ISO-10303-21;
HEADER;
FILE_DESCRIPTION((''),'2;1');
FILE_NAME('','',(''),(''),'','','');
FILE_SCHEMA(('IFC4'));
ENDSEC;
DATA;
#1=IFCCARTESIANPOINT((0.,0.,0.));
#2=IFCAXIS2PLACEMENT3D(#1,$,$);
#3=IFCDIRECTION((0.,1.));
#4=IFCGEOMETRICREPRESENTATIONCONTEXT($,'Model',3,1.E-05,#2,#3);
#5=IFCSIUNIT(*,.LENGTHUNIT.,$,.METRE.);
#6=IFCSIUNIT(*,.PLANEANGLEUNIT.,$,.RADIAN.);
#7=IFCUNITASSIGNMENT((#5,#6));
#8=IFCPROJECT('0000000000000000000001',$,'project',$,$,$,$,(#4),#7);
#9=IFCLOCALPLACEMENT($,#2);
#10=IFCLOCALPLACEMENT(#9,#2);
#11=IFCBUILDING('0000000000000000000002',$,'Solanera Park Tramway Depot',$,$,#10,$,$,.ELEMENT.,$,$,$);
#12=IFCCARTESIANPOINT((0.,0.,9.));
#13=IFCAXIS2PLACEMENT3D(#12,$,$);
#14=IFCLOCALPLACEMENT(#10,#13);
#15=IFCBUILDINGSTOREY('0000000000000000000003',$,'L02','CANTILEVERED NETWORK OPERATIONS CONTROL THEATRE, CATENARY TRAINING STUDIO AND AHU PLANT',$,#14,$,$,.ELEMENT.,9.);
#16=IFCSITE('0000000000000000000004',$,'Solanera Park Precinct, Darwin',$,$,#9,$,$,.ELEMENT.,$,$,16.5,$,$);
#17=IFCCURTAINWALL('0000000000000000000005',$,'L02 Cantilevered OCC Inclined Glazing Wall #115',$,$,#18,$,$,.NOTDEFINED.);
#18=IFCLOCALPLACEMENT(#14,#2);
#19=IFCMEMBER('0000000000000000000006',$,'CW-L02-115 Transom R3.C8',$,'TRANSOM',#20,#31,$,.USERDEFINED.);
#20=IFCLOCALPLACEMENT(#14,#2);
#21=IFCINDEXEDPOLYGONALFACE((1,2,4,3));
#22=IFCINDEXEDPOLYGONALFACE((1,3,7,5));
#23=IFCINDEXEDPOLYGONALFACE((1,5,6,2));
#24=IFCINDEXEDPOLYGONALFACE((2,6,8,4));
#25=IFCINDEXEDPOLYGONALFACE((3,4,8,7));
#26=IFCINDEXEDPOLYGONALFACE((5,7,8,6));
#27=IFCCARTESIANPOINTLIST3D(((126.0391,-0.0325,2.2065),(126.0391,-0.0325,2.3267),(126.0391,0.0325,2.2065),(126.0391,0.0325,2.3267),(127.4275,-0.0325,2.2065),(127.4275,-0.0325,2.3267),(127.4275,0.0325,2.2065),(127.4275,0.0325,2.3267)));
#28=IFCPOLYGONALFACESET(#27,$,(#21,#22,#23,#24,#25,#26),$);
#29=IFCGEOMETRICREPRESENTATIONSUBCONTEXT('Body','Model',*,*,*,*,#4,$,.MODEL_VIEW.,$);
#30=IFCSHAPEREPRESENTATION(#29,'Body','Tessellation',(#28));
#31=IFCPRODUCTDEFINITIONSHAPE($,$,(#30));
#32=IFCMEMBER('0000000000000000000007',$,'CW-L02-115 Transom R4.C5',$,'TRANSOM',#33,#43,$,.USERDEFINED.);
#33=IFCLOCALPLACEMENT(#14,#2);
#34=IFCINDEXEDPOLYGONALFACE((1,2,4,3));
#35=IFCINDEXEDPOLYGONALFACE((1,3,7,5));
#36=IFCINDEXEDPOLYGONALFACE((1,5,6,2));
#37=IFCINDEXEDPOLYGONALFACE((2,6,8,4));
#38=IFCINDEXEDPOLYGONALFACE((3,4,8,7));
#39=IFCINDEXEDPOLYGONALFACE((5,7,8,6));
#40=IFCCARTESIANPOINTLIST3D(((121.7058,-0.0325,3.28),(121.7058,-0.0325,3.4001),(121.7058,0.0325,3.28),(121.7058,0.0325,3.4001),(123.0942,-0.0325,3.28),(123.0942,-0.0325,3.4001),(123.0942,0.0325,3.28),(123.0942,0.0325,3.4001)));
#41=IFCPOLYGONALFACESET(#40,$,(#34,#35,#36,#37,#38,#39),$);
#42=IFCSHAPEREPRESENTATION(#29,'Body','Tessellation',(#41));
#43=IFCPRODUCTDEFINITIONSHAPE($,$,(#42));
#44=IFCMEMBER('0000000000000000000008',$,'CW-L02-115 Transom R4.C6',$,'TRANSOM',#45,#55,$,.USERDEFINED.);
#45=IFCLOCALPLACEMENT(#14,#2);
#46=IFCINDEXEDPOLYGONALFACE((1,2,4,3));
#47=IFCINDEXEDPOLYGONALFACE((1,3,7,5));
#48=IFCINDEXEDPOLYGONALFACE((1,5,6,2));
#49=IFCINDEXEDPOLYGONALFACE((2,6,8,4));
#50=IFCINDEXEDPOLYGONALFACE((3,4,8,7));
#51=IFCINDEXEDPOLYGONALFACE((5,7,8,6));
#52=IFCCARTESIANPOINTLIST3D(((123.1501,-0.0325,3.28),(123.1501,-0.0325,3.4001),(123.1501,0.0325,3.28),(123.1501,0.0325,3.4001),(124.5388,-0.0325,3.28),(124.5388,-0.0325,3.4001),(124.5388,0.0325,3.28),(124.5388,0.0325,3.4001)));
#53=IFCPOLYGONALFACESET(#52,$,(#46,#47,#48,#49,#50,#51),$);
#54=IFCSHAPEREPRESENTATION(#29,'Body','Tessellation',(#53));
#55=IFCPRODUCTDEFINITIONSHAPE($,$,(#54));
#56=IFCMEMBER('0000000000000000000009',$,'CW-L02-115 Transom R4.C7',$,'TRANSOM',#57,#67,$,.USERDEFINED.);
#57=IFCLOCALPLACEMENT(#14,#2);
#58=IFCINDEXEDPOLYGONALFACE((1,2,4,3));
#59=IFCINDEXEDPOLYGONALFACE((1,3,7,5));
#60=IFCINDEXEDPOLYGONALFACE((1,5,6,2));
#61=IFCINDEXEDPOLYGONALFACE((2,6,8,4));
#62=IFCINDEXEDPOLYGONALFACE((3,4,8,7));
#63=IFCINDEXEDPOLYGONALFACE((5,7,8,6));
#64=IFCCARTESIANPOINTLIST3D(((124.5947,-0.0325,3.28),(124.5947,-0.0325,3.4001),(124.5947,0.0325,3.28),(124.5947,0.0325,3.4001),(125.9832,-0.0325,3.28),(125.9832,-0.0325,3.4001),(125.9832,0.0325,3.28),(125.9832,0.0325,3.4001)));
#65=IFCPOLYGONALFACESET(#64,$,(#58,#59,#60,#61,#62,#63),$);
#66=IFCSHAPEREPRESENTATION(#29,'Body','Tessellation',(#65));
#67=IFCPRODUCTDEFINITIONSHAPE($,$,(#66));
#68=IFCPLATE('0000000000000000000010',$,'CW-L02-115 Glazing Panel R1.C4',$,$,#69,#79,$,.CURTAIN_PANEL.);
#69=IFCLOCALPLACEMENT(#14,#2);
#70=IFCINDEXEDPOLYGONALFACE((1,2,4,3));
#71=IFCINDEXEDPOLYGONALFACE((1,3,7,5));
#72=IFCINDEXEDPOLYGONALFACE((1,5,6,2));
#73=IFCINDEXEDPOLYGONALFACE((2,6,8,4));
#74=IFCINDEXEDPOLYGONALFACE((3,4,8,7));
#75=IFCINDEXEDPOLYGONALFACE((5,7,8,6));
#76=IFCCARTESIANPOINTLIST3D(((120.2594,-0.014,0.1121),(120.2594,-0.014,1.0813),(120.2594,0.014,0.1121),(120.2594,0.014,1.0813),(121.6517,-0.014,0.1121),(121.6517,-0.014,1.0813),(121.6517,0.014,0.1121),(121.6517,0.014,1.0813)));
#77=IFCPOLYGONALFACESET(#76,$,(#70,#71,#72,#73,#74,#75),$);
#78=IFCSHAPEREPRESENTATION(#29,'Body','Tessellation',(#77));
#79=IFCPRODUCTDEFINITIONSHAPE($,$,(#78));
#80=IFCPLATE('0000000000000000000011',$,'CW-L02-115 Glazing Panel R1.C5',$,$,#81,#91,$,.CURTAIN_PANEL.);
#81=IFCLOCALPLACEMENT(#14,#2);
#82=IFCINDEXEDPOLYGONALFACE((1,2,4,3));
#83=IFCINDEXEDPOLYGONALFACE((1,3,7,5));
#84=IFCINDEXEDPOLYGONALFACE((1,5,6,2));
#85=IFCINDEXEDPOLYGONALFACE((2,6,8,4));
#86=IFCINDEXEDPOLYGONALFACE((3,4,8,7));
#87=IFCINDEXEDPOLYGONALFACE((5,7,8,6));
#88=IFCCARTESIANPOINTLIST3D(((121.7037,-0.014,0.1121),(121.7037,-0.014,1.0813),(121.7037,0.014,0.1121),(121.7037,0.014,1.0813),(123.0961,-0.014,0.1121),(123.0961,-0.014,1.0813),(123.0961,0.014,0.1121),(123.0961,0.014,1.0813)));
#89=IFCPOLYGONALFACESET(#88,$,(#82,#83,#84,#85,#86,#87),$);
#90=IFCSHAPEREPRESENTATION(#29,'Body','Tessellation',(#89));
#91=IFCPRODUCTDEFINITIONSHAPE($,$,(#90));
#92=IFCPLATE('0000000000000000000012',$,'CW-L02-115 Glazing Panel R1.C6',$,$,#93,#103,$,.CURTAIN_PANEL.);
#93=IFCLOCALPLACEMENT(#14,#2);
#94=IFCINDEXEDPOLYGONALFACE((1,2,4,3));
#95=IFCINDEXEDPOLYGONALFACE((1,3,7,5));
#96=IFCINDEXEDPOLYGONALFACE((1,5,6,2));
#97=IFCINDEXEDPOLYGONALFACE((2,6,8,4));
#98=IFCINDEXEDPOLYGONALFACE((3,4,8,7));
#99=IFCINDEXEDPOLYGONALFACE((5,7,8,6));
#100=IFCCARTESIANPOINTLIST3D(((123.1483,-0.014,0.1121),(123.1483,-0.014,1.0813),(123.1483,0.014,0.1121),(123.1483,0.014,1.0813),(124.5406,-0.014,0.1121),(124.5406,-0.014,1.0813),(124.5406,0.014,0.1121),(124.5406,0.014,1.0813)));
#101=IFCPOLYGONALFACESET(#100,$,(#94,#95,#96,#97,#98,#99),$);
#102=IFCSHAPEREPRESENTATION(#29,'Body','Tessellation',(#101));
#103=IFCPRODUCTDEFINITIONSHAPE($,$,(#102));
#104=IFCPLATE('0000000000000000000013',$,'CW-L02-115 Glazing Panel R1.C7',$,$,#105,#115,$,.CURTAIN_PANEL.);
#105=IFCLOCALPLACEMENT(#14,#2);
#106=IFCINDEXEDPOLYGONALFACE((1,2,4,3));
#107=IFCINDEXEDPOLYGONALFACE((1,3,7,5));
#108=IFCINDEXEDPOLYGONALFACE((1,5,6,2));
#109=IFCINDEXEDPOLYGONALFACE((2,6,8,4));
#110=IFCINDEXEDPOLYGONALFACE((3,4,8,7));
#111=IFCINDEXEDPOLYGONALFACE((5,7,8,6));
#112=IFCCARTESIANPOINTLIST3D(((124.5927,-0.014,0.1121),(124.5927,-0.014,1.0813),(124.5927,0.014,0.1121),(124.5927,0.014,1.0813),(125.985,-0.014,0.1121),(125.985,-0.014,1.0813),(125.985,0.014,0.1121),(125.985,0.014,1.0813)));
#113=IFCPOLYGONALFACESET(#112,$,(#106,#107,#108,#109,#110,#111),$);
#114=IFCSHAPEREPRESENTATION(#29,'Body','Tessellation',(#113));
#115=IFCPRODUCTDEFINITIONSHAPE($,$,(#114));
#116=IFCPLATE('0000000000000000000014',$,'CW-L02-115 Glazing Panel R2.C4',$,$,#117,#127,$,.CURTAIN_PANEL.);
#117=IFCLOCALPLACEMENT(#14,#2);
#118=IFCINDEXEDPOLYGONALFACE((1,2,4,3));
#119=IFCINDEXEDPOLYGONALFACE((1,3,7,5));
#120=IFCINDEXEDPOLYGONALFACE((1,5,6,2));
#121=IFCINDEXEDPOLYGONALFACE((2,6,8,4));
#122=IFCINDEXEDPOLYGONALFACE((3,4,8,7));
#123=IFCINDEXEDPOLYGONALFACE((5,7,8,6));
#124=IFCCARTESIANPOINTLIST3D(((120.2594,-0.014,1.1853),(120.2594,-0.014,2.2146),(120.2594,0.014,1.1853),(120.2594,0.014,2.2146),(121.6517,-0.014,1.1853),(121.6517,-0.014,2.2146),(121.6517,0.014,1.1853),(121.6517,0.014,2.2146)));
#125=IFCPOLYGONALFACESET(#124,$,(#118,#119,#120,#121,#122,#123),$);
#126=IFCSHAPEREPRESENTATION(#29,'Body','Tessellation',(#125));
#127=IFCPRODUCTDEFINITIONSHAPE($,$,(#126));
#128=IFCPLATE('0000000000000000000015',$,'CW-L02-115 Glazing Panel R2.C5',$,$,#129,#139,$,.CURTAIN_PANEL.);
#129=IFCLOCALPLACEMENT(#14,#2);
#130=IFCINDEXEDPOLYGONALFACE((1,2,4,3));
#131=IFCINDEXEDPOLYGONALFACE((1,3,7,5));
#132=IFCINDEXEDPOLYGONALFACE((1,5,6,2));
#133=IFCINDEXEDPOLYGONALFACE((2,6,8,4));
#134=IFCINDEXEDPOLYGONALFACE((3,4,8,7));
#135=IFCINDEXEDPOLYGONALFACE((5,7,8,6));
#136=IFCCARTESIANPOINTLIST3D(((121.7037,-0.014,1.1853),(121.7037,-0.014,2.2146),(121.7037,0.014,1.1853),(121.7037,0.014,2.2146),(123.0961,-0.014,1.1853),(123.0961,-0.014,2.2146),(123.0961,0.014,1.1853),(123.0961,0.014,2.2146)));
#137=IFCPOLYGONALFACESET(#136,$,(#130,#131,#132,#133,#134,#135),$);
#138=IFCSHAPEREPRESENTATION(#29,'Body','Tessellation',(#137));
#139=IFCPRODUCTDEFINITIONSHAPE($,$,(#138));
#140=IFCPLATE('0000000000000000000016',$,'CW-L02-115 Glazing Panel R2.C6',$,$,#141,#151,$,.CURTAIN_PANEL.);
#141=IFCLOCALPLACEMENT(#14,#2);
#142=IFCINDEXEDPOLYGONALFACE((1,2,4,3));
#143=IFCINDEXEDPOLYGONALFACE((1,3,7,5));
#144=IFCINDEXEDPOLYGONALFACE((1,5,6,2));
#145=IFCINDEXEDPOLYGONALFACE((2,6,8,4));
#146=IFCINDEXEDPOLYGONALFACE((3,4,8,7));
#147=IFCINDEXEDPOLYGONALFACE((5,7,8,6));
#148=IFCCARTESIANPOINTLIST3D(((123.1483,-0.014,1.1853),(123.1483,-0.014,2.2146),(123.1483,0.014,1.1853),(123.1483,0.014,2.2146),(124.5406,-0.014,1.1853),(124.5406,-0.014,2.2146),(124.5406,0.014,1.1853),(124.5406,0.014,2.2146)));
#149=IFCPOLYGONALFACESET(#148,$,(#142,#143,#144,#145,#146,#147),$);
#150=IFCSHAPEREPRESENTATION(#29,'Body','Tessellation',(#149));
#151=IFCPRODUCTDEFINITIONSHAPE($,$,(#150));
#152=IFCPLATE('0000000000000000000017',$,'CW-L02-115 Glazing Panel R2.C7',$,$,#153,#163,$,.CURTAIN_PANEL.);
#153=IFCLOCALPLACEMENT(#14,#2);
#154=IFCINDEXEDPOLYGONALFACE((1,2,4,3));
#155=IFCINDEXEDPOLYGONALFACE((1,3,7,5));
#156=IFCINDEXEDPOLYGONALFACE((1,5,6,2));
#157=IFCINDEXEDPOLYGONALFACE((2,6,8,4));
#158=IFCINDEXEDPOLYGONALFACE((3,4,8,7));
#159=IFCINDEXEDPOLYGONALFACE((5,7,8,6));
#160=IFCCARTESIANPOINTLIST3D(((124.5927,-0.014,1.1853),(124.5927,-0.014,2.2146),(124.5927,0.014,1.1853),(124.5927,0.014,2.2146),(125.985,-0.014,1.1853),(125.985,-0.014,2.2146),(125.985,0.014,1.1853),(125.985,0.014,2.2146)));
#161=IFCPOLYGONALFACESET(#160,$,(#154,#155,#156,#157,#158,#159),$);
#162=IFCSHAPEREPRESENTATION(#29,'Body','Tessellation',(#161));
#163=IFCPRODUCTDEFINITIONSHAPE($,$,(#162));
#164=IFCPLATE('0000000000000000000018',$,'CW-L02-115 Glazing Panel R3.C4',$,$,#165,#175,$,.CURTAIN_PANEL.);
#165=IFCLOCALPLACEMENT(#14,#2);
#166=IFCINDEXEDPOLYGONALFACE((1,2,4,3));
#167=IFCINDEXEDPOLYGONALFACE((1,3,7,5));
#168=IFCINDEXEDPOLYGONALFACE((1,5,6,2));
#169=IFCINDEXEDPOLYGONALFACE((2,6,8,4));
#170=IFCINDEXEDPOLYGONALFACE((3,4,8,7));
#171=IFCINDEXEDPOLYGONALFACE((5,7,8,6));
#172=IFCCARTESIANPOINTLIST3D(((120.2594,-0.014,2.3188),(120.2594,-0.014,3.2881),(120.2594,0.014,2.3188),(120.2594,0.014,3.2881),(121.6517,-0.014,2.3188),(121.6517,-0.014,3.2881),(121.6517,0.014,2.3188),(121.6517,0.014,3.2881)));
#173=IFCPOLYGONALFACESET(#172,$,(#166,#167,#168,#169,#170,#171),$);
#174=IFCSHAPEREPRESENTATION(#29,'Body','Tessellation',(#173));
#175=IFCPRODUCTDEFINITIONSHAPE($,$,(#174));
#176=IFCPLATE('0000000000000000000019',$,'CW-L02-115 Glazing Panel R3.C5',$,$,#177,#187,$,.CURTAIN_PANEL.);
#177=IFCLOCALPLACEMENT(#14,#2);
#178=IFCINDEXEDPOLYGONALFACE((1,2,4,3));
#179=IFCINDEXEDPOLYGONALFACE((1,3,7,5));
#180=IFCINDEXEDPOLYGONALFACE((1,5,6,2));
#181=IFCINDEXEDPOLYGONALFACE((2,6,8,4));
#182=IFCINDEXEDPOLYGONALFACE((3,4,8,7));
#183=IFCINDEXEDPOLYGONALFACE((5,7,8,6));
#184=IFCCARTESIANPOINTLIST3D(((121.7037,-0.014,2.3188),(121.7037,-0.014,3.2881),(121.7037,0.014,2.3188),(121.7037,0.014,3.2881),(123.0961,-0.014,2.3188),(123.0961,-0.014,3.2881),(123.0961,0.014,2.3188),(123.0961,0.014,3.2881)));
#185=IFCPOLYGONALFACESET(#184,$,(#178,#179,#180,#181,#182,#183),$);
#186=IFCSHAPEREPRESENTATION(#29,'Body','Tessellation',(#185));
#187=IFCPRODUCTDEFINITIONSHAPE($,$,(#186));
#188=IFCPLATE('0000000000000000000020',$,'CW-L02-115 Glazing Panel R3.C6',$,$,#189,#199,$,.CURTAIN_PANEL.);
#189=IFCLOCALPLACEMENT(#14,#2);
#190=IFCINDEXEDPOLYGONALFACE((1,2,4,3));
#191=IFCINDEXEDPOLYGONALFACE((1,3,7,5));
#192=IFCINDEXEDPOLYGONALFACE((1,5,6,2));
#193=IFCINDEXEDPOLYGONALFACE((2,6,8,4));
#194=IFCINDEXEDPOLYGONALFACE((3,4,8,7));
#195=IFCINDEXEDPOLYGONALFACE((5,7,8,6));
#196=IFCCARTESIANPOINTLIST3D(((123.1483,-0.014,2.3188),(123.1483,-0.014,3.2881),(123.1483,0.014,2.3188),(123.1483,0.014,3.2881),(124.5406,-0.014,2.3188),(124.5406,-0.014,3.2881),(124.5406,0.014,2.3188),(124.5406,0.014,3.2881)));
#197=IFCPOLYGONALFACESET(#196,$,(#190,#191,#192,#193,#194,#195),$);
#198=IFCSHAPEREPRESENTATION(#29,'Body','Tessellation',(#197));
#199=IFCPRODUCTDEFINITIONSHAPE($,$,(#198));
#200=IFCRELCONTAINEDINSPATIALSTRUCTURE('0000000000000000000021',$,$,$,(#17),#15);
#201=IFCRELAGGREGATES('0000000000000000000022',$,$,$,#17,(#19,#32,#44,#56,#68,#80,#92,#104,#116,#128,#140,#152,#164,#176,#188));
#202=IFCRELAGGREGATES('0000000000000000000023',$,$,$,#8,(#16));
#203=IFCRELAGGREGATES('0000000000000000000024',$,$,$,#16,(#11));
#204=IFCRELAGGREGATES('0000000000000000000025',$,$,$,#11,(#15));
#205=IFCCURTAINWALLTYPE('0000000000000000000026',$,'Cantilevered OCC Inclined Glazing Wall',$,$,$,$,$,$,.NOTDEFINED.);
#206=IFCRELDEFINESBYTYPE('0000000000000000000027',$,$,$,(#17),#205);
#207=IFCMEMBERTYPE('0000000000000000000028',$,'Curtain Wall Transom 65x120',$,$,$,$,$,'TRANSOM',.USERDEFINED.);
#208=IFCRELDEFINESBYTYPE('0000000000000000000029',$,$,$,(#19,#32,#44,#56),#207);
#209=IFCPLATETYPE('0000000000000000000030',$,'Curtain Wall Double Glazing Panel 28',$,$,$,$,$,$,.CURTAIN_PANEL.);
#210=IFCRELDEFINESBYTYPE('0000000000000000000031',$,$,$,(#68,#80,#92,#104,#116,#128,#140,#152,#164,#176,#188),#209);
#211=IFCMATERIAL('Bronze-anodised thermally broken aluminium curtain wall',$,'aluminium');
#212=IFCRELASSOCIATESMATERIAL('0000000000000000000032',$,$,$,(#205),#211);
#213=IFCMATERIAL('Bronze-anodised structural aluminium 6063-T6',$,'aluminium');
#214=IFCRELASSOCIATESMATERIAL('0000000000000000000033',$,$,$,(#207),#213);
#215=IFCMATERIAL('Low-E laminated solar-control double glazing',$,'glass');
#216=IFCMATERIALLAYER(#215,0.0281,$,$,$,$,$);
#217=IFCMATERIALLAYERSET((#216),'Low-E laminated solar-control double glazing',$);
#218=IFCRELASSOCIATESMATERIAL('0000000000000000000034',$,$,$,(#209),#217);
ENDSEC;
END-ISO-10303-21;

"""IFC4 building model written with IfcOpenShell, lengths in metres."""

from ifc_helpers import new_model, si_unit, direction, frame, origin, origin_2d, place, context, subcontext, project, spatial, rectangle, extrude, material, layer, layer_set, material_profile, profile_set, type_object, element, aggregate, save


model = new_model("IFC4")

# Units and contexts
model_context = context("Model", 3, precision=1e-05, world=origin(), true_north=direction((0.0, 1.0)))
body_context = subcontext(model_context, "Body", "Model", "MODEL_VIEW")
ifc_project = project(units=[si_unit("LENGTHUNIT", "METRE"), si_unit("PLANEANGLEUNIT", "RADIAN")], contexts=[model_context])

# Site, building, storey
site_placement = place(None, origin())
site = spatial("IfcSite", under=ifc_project, at=site_placement, Name="Solanera Park Precinct, Darwin", CompositionType="ELEMENT", RefElevation=16.5)
building_placement = place(site_placement, origin())
building = spatial("IfcBuilding", under=site, at=building_placement, Name="Solanera Park Tramway Depot", CompositionType="ELEMENT")
storey_placement = place(building_placement, frame((0.0, 0.0, 9.0)))
storey = spatial("IfcBuildingStorey", under=building, at=storey_placement, Name="L02", Description="CANTILEVERED NETWORK OPERATIONS CONTROL THEATRE, CATENARY TRAINING STUDIO AND AHU PLANT", CompositionType="ELEMENT", Elevation=9.0)

# Curtain wall, members, plates
ifc_material_1 = material(Name="Bronze-anodised thermally broken aluminium curtain wall", Category="aluminium")
curtain_wall_type = type_object("IfcCurtainWallType", Name="Cantilevered OCC Inclined Glazing Wall", PredefinedType="NOTDEFINED", material=ifc_material_1)
curtain_wall_placement = place(storey_placement, origin())
curtain_wall = element("IfcCurtainWall", 1, at=curtain_wall_placement, inside=storey, type_object=curtain_wall_type, Name="L02 Cantilevered OCC Inclined Glazing Wall #115", PredefinedType="NOTDEFINED")
ifc_material_2 = material(Name="Bronze-anodised structural aluminium 6063-T6", Category="aluminium")
ifc_material_profile_1 = material_profile(ifc_material_2, rectangle(XDim=0.0649, YDim=0.1201, at=origin_2d()), Name="Curtain Wall Transom 65x120")
ifc_profile_set_1 = profile_set([ifc_material_profile_1], Name="Bronze-anodised structural aluminium 6063-T6")
member_type_1 = type_object("IfcMemberType", Name="Curtain Wall Transom 65x120", ElementType="TRANSOM", PredefinedType="USERDEFINED", material=ifc_profile_set_1)
member_1_placement = place(storey_placement, frame((126.0391, 0.0, 2.2666), z_axis=(1.0, 0.0, 0.0), x_axis=(0.0, 1.0, 0.0)))
member_1 = element("IfcMember", 2, at=member_1_placement, type_object=member_type_1, Name="CW-L02-115 Transom R3.C8", ObjectType="TRANSOM", PredefinedType="USERDEFINED", context=body_context, shape_type="SweptSolid", body=[
    extrude(rectangle(XDim=0.0649, YDim=0.1201, at=origin_2d()), origin(), (0.0, 0.0, 1.0), 1.3884),
])
member_2_placement = place(storey_placement, frame((121.7058, 0.0, 3.3401), z_axis=(1.0, 0.0, 0.0), x_axis=(0.0, 1.0, 0.0)))
member_2 = element("IfcMember", 3, at=member_2_placement, type_object=member_type_1, Name="CW-L02-115 Transom R4.C5", ObjectType="TRANSOM", PredefinedType="USERDEFINED", context=body_context, shape_type="SweptSolid", body=[
    extrude(rectangle(XDim=0.0649, YDim=0.1201, at=origin_2d()), origin(), (0.0, 0.0, 1.0), 1.3884),
])
member_3_placement = place(storey_placement, frame((123.1501, 0.0, 3.3401), z_axis=(1.0, 0.0, 0.0), x_axis=(0.0, 1.0, 0.0)))
member_3 = element("IfcMember", 4, at=member_3_placement, type_object=member_type_1, Name="CW-L02-115 Transom R4.C6", ObjectType="TRANSOM", PredefinedType="USERDEFINED", context=body_context, shape_type="SweptSolid", body=[
    extrude(rectangle(XDim=0.0649, YDim=0.1201, at=origin_2d()), origin(), (0.0, 0.0, 1.0), 1.3887),
])
member_4_placement = place(storey_placement, frame((124.5947, 0.0, 3.3401), z_axis=(1.0, 0.0, 0.0), x_axis=(0.0, 1.0, 0.0)))
member_4 = element("IfcMember", 5, at=member_4_placement, type_object=member_type_1, Name="CW-L02-115 Transom R4.C7", ObjectType="TRANSOM", PredefinedType="USERDEFINED", context=body_context, shape_type="SweptSolid", body=[
    extrude(rectangle(XDim=0.0649, YDim=0.1201, at=origin_2d()), origin(), (0.0, 0.0, 1.0), 1.3884),
])
ifc_material_3 = material(Name="Low-E laminated solar-control double glazing", Category="glass")
ifc_layer = layer(ifc_material_3, 0.0281)
ifc_layer_set = layer_set([ifc_layer], Name="Low-E laminated solar-control double glazing")
plate_type = type_object("IfcPlateType", Name="Curtain Wall Double Glazing Panel 28", PredefinedType="CURTAIN_PANEL", material=ifc_layer_set)
plate_1_placement = place(storey_placement, frame((120.9556, 0.0, 0.1121), z_axis=(0.0, 0.0, 1.0), x_axis=(1.0, 0.0, 0.0)))
plate_1 = element("IfcPlate", 6, at=plate_1_placement, type_object=plate_type, Name="CW-L02-115 Glazing Panel R1.C4", PredefinedType="CURTAIN_PANEL", context=body_context, shape_type="SweptSolid", body=[
    extrude(rectangle(XDim=1.3923, YDim=0.0281, at=origin_2d()), origin(), (0.0, 0.0, 1.0), 0.9692),
])
plate_2_placement = place(storey_placement, frame((122.3999, 0.0, 0.1121), z_axis=(0.0, 0.0, 1.0), x_axis=(1.0, 0.0, 0.0)))
plate_2 = element("IfcPlate", 7, at=plate_2_placement, type_object=plate_type, Name="CW-L02-115 Glazing Panel R1.C5", PredefinedType="CURTAIN_PANEL", context=body_context, shape_type="SweptSolid", body=[
    extrude(rectangle(XDim=1.3923, YDim=0.0281, at=origin_2d()), origin(), (0.0, 0.0, 1.0), 0.9692),
])
plate_3_placement = place(storey_placement, frame((123.8445, 0.0, 0.1121), z_axis=(0.0, 0.0, 1.0), x_axis=(1.0, 0.0, 0.0)))
plate_3 = element("IfcPlate", 8, at=plate_3_placement, type_object=plate_type, Name="CW-L02-115 Glazing Panel R1.C6", PredefinedType="CURTAIN_PANEL", context=body_context, shape_type="SweptSolid", body=[
    extrude(rectangle(XDim=1.3923, YDim=0.0281, at=origin_2d()), origin(), (0.0, 0.0, 1.0), 0.9692),
])
plate_4_placement = place(storey_placement, frame((125.2888, 0.0, 0.1121), z_axis=(0.0, 0.0, 1.0), x_axis=(1.0, 0.0, 0.0)))
plate_4 = element("IfcPlate", 9, at=plate_4_placement, type_object=plate_type, Name="CW-L02-115 Glazing Panel R1.C7", PredefinedType="CURTAIN_PANEL", context=body_context, shape_type="SweptSolid", body=[
    extrude(rectangle(XDim=1.3923, YDim=0.0281, at=origin_2d()), origin(), (0.0, 0.0, 1.0), 0.9692),
])
plate_5_placement = place(storey_placement, frame((120.9556, 0.0, 1.1853), z_axis=(0.0, 0.0, 1.0), x_axis=(1.0, 0.0, 0.0)))
plate_5 = element("IfcPlate", 10, at=plate_5_placement, type_object=plate_type, Name="CW-L02-115 Glazing Panel R2.C4", PredefinedType="CURTAIN_PANEL", context=body_context, shape_type="SweptSolid", body=[
    extrude(rectangle(XDim=1.3923, YDim=0.0281, at=origin_2d()), origin(), (0.0, 0.0, 1.0), 1.0293),
])
plate_6_placement = place(storey_placement, frame((122.3999, 0.0, 1.1853), z_axis=(0.0, 0.0, 1.0), x_axis=(1.0, 0.0, 0.0)))
plate_6 = element("IfcPlate", 11, at=plate_6_placement, type_object=plate_type, Name="CW-L02-115 Glazing Panel R2.C5", PredefinedType="CURTAIN_PANEL", context=body_context, shape_type="SweptSolid", body=[
    extrude(rectangle(XDim=1.3923, YDim=0.0281, at=origin_2d()), origin(), (0.0, 0.0, 1.0), 1.0293),
])
plate_7_placement = place(storey_placement, frame((123.8445, 0.0, 1.1853), z_axis=(0.0, 0.0, 1.0), x_axis=(1.0, 0.0, 0.0)))
plate_7 = element("IfcPlate", 12, at=plate_7_placement, type_object=plate_type, Name="CW-L02-115 Glazing Panel R2.C6", PredefinedType="CURTAIN_PANEL", context=body_context, shape_type="SweptSolid", body=[
    extrude(rectangle(XDim=1.3923, YDim=0.0281, at=origin_2d()), origin(), (0.0, 0.0, 1.0), 1.0293),
])
plate_8_placement = place(storey_placement, frame((125.2888, 0.0, 1.1853), z_axis=(0.0, 0.0, 1.0), x_axis=(1.0, 0.0, 0.0)))
plate_8 = element("IfcPlate", 13, at=plate_8_placement, type_object=plate_type, Name="CW-L02-115 Glazing Panel R2.C7", PredefinedType="CURTAIN_PANEL", context=body_context, shape_type="SweptSolid", body=[
    extrude(rectangle(XDim=1.3923, YDim=0.0281, at=origin_2d()), origin(), (0.0, 0.0, 1.0), 1.0293),
])
plate_9_placement = place(storey_placement, frame((120.9556, 0.0, 2.3188), z_axis=(0.0, 0.0, 1.0), x_axis=(1.0, 0.0, 0.0)))
plate_9 = element("IfcPlate", 14, at=plate_9_placement, type_object=plate_type, Name="CW-L02-115 Glazing Panel R3.C4", PredefinedType="CURTAIN_PANEL", context=body_context, shape_type="SweptSolid", body=[
    extrude(rectangle(XDim=1.3923, YDim=0.0281, at=origin_2d()), origin(), (0.0, 0.0, 1.0), 0.9692),
])
plate_10_placement = place(storey_placement, frame((122.3999, 0.0, 2.3188), z_axis=(0.0, 0.0, 1.0), x_axis=(1.0, 0.0, 0.0)))
plate_10 = element("IfcPlate", 15, at=plate_10_placement, type_object=plate_type, Name="CW-L02-115 Glazing Panel R3.C5", PredefinedType="CURTAIN_PANEL", context=body_context, shape_type="SweptSolid", body=[
    extrude(rectangle(XDim=1.3923, YDim=0.0281, at=origin_2d()), origin(), (0.0, 0.0, 1.0), 0.9692),
])
plate_11_placement = place(storey_placement, frame((123.8445, 0.0, 2.3188), z_axis=(0.0, 0.0, 1.0), x_axis=(1.0, 0.0, 0.0)))
plate_11 = element("IfcPlate", 16, at=plate_11_placement, type_object=plate_type, Name="CW-L02-115 Glazing Panel R3.C6", PredefinedType="CURTAIN_PANEL", context=body_context, shape_type="SweptSolid", body=[
    extrude(rectangle(XDim=1.3923, YDim=0.0281, at=origin_2d()), origin(), (0.0, 0.0, 1.0), 0.9692),
])
aggregate(curtain_wall, [member_1, member_2, member_3, member_4, plate_1, plate_2, plate_3, plate_4, plate_5, plate_6, plate_7, plate_8, plate_9, plate_10, plate_11])

save(model, "model.ifc")
